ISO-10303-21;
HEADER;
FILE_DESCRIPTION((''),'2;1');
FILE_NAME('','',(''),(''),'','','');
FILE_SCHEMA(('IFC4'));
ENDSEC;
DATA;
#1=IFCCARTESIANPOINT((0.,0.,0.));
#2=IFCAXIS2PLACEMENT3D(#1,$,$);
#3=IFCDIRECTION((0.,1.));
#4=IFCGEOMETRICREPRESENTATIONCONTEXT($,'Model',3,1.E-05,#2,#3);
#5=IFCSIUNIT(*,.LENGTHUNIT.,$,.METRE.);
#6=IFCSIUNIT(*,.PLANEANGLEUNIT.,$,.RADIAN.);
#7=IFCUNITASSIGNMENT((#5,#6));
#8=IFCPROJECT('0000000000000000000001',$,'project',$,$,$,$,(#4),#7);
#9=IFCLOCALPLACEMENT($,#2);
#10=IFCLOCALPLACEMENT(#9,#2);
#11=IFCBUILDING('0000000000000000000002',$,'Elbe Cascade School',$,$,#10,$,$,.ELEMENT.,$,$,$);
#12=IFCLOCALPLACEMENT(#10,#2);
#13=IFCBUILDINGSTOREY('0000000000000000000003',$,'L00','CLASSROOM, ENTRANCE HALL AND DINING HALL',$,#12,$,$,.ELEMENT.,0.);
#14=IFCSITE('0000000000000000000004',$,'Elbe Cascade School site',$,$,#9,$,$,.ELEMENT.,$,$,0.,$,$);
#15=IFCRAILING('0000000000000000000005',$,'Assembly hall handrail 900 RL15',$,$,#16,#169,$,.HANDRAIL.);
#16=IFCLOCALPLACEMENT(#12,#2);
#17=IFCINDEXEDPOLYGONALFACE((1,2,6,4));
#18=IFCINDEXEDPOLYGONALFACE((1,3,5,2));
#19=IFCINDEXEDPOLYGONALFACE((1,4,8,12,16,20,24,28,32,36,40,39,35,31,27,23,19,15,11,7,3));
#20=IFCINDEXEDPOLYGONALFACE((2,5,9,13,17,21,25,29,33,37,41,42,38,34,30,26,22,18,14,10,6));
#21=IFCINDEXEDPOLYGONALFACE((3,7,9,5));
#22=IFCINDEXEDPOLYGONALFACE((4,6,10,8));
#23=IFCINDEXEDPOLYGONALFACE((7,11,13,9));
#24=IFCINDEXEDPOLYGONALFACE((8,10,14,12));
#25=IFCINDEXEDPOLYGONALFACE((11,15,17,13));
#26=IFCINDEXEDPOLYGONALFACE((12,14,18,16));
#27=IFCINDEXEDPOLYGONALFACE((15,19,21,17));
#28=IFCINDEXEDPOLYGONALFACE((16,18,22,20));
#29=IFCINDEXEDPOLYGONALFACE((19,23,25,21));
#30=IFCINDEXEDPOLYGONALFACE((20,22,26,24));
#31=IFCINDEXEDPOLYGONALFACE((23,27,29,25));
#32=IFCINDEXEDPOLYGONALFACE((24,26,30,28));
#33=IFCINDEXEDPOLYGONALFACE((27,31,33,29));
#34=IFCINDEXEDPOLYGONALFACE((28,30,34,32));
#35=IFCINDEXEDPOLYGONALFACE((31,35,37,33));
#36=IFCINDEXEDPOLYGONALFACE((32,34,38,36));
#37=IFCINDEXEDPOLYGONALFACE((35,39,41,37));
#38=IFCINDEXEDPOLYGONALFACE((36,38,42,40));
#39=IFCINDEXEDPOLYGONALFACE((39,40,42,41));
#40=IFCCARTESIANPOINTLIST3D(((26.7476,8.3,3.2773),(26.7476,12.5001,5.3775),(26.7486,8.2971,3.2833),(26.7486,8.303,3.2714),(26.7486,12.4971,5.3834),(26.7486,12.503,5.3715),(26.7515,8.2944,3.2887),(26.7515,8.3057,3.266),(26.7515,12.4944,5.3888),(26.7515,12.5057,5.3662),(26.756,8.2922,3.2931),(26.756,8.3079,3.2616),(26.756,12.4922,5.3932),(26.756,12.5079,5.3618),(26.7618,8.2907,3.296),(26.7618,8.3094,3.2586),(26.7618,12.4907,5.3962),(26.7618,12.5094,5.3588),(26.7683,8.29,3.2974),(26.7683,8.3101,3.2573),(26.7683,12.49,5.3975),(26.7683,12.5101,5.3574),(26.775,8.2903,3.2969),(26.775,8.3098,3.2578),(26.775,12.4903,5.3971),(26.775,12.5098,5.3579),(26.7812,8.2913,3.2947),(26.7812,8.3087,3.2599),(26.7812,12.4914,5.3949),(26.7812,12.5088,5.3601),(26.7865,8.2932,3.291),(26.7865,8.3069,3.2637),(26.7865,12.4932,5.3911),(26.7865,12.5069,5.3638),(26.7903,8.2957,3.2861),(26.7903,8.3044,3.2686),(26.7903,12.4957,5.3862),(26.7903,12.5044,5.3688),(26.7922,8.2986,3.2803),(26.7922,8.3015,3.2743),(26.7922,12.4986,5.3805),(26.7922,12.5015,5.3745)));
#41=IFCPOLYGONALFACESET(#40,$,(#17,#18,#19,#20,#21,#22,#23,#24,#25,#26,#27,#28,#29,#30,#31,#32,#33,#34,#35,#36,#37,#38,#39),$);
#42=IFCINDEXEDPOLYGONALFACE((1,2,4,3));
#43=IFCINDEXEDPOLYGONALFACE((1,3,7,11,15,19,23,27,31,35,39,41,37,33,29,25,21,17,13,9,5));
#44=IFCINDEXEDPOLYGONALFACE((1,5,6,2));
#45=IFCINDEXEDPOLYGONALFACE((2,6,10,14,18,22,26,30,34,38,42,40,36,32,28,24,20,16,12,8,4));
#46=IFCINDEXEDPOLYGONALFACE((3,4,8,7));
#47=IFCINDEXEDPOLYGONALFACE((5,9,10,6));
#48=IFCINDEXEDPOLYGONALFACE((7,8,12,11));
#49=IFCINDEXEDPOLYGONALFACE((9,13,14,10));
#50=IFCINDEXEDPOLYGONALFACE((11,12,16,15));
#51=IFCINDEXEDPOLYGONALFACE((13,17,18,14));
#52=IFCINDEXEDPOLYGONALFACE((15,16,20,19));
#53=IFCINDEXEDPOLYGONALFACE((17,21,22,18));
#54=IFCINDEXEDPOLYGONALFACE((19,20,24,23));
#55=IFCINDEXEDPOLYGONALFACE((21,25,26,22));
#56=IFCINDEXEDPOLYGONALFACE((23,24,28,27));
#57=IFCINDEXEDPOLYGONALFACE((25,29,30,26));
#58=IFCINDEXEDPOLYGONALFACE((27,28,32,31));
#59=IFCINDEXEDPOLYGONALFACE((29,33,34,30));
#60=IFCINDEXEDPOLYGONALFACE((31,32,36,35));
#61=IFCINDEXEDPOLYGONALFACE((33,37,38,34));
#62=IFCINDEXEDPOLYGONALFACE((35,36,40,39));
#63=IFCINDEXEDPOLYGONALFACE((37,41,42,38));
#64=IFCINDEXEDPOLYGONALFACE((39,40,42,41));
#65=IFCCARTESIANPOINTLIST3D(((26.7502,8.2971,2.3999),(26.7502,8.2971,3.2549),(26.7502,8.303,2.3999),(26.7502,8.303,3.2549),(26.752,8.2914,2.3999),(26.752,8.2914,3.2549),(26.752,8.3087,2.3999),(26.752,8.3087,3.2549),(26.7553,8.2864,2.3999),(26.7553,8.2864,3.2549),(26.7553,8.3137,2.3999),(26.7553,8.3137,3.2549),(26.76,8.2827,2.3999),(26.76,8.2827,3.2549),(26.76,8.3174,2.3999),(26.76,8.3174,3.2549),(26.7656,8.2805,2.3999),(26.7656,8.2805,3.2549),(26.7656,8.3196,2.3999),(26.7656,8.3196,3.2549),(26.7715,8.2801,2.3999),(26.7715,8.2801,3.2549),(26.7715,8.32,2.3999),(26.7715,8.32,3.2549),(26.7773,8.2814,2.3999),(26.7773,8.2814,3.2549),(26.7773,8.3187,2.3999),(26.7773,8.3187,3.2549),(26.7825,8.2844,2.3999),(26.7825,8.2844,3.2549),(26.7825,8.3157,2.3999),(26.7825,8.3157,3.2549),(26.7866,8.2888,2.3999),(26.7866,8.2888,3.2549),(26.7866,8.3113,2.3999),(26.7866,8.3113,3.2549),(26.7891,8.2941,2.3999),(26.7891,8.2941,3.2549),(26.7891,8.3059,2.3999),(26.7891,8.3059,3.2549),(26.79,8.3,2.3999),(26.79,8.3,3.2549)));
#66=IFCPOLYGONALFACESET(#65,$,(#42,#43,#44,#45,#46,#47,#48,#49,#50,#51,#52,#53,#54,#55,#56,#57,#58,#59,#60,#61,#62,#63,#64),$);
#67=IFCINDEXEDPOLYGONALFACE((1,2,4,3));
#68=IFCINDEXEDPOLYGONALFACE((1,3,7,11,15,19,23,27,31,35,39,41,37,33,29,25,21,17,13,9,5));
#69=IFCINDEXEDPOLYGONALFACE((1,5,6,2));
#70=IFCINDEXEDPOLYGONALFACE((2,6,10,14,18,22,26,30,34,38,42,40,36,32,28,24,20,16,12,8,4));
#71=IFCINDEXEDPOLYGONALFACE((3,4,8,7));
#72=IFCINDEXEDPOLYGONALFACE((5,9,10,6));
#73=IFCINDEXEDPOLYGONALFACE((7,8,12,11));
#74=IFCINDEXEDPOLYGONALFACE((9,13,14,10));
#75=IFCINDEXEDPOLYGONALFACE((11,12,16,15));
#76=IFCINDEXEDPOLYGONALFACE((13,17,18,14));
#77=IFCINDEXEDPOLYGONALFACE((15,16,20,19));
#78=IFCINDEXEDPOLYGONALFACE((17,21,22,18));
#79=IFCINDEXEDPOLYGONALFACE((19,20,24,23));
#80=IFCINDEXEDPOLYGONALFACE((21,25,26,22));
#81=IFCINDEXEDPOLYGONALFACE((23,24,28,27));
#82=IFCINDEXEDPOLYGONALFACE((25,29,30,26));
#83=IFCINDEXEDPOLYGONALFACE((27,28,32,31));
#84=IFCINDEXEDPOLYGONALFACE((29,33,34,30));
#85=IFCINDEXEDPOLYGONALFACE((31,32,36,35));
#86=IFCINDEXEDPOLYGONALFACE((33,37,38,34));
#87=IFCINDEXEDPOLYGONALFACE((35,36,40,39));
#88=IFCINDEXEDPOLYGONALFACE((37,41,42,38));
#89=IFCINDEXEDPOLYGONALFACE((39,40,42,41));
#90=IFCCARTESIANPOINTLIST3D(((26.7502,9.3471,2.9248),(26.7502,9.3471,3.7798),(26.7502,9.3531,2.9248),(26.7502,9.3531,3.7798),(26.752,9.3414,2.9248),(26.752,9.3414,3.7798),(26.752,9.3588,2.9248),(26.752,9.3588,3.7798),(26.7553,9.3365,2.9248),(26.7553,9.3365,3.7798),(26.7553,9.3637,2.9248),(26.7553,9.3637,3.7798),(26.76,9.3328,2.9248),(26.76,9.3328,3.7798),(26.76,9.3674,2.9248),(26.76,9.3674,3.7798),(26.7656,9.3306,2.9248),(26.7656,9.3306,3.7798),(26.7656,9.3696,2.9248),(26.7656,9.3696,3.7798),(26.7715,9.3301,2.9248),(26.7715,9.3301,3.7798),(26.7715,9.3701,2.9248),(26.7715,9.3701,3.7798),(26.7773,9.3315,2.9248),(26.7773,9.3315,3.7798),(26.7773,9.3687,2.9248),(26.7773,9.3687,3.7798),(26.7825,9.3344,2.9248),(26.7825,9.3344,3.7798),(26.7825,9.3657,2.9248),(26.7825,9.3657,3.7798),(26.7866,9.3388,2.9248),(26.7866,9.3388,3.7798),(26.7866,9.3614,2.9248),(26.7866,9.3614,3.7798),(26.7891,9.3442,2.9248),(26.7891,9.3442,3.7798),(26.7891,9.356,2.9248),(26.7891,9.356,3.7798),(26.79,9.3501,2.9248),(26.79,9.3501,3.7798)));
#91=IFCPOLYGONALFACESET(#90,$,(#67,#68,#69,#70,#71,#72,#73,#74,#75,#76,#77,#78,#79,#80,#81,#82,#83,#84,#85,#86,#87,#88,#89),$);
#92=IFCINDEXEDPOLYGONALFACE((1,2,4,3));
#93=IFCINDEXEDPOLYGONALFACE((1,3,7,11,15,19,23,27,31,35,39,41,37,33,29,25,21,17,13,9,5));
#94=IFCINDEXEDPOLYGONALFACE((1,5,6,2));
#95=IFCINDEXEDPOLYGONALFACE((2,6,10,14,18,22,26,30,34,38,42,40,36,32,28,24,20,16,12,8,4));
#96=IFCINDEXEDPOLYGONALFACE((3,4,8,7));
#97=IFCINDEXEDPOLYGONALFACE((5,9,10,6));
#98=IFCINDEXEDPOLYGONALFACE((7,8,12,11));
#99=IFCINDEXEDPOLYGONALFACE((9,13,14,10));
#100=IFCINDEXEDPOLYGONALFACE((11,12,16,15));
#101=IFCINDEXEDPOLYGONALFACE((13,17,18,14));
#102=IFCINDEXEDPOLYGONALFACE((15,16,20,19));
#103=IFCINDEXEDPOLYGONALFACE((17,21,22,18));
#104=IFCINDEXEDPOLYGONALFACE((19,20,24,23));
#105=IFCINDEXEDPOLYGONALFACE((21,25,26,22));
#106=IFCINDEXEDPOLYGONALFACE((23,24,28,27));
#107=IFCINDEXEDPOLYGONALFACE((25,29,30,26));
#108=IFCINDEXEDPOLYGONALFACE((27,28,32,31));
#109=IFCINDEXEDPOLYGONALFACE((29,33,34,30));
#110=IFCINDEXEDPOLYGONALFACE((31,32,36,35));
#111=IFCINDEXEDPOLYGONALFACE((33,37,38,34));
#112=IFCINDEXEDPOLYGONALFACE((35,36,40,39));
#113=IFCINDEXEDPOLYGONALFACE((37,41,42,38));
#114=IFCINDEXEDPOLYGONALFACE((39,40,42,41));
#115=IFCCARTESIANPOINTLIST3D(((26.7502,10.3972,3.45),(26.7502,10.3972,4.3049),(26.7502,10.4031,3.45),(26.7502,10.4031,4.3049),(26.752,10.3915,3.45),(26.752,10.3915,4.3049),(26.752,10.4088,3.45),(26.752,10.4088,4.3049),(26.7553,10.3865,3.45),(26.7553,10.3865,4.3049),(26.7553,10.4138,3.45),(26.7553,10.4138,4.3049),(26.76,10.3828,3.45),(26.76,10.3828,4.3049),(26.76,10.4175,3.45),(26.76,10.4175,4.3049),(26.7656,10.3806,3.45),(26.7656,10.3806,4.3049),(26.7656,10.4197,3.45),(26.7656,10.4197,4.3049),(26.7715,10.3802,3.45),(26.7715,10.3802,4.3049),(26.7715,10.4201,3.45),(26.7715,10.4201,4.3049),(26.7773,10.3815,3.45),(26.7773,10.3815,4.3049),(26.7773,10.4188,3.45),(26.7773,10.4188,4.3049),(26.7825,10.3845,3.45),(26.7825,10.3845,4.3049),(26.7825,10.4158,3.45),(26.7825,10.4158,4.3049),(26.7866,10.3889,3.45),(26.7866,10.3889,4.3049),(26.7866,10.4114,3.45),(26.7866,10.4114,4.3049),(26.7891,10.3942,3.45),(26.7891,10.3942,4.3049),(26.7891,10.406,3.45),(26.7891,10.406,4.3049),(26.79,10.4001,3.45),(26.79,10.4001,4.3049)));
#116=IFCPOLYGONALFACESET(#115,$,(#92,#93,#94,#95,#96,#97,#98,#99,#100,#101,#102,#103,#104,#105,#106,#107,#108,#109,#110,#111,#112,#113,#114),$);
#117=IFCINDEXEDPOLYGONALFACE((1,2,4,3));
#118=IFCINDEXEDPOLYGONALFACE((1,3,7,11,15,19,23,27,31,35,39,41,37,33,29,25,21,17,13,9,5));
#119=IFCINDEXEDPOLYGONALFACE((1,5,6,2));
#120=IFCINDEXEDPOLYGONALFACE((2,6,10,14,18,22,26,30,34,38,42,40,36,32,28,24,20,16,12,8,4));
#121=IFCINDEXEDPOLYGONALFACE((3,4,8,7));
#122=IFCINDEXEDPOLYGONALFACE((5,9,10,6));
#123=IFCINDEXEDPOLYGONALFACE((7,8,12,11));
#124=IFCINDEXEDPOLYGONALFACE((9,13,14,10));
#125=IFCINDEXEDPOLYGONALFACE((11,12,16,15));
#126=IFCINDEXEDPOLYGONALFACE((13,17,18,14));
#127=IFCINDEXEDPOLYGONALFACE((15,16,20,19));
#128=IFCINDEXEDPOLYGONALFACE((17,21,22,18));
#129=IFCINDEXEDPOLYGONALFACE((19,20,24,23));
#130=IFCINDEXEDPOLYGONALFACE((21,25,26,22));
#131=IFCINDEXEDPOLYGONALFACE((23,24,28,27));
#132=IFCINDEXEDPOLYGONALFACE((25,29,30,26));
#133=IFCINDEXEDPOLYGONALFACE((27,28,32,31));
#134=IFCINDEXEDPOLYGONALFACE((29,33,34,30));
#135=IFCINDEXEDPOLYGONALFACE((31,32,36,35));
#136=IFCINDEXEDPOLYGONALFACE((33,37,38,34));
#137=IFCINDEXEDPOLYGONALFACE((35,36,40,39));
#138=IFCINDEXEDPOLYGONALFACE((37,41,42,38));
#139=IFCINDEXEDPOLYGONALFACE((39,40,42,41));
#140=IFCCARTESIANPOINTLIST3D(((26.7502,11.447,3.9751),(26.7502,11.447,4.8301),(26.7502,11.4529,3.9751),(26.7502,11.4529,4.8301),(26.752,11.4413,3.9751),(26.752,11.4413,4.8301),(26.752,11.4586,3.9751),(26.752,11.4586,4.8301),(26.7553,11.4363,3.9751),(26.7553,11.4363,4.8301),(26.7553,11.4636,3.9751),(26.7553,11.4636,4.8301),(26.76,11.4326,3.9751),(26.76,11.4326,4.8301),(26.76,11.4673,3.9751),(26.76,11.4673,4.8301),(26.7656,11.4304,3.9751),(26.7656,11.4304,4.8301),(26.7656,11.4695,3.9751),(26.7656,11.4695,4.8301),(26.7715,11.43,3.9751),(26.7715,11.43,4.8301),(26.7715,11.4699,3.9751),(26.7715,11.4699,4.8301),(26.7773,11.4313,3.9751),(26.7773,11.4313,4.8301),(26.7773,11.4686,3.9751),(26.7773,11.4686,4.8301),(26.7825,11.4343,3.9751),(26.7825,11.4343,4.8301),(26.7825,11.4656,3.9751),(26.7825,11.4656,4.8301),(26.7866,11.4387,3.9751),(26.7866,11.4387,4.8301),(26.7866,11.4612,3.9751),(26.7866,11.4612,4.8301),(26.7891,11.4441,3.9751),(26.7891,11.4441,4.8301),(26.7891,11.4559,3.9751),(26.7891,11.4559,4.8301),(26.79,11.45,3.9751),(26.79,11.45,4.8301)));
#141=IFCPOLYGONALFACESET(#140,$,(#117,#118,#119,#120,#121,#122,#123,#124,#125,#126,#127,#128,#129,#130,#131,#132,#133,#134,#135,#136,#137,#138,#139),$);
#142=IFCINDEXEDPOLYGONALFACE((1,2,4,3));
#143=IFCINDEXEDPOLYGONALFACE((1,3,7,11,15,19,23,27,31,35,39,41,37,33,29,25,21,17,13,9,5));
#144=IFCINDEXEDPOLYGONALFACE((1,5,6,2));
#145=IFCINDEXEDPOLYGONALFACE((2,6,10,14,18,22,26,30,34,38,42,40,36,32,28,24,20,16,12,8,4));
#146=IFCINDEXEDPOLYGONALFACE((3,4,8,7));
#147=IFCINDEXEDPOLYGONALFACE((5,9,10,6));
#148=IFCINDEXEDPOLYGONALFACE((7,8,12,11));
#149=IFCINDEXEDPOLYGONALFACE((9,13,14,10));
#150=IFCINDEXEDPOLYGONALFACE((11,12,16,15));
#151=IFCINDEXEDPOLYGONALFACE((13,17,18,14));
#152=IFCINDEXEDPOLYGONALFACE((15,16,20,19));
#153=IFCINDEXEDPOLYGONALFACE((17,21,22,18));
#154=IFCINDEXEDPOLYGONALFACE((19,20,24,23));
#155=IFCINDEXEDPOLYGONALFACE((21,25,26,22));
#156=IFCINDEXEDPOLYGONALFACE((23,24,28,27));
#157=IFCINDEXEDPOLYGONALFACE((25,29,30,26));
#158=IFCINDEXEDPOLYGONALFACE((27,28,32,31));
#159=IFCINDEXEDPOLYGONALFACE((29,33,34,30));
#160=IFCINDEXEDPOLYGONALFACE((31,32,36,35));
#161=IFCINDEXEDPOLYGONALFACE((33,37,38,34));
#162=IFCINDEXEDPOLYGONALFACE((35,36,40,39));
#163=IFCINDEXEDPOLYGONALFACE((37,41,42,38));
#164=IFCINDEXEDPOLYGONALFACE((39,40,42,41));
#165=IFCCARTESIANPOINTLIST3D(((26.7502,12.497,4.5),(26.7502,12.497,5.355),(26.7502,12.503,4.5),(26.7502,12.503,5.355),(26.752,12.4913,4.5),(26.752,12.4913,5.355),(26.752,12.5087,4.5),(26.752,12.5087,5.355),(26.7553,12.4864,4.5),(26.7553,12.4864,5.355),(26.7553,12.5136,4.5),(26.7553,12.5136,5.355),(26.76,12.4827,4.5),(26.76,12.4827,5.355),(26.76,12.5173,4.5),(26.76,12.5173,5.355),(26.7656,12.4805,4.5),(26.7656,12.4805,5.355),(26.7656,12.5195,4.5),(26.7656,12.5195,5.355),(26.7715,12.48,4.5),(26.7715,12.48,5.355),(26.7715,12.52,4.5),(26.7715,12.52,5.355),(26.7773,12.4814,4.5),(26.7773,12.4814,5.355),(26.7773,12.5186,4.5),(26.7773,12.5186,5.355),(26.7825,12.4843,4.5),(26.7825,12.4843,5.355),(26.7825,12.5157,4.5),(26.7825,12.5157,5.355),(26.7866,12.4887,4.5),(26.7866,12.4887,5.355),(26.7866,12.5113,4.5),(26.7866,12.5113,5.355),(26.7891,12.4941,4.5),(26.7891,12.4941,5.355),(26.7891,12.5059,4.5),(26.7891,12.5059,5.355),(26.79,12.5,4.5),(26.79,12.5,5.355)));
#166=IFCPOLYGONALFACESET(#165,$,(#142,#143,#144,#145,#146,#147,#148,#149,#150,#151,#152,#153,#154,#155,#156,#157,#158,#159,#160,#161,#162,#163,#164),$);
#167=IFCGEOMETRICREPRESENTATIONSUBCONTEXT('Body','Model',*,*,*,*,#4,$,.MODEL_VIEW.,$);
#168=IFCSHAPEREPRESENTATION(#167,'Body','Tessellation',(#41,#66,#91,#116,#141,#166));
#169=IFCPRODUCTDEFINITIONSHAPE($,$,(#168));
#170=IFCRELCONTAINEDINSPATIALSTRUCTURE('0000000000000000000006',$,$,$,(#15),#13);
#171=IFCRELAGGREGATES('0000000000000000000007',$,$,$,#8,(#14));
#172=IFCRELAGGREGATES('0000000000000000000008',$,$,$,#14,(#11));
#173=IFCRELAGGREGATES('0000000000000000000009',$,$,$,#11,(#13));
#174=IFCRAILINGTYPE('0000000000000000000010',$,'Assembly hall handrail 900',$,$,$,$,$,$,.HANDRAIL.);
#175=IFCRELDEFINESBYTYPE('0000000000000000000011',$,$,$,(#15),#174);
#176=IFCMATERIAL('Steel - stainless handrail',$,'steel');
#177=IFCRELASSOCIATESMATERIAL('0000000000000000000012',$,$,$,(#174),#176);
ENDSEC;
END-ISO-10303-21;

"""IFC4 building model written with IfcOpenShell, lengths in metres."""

from ifc_helpers import new_model, si_unit, direction, frame, origin, origin_2d, place, context, subcontext, project, spatial, circle, extrude, material, type_object, element, save


model = new_model("IFC4")

# Units and contexts
model_context = context("Model", 3, precision=1e-05, world=origin(), true_north=direction((0.0, 1.0)))
body_context = subcontext(model_context, "Body", "Model", "MODEL_VIEW")
ifc_project = project(units=[si_unit("LENGTHUNIT", "METRE"), si_unit("PLANEANGLEUNIT", "RADIAN")], contexts=[model_context])

# Site, building, storey
site_placement = place(None, origin())
site = spatial("IfcSite", under=ifc_project, at=site_placement, Name="Elbe Cascade School site", CompositionType="ELEMENT", RefElevation=0.0)
building_placement = place(site_placement, origin())
building = spatial("IfcBuilding", under=site, at=building_placement, Name="Elbe Cascade School", CompositionType="ELEMENT")
storey_placement = place(building_placement, origin())
storey = spatial("IfcBuildingStorey", under=building, at=storey_placement, Name="L00", Description="CLASSROOM, ENTRANCE HALL AND DINING HALL", CompositionType="ELEMENT", Elevation=0.0)

# Railing
ifc_material_1 = material(Name="Steel - stainless handrail", Category="steel")
railing_type = type_object("IfcRailingType", Name="Assembly hall handrail 900", PredefinedType="HANDRAIL", material=ifc_material_1)
railing_placement = place(storey_placement, frame((26.77, 8.3, 2.3999)))
element("IfcRailing", 1, at=railing_placement, inside=storey, type_object=railing_type, Name="Assembly hall handrail 900 RL15", PredefinedType="HANDRAIL", context=body_context, shape_type="SweptSolid", body=[
    extrude(circle(Radius=0.0225, at=origin_2d()), frame((0.0, 0.0, 0.8774), z_axis=(0.0, 0.894417, 0.447234), x_axis=(-1.0, 0.0, 0.0)), (0.0, 0.0, 1.0), 4.6958),
    extrude(circle(Radius=0.02, at=origin_2d()), origin(), (0.0, 0.0, 1.0), 0.855),
    extrude(circle(Radius=0.02, at=origin_2d()), frame((0.0, 1.05, 0.5249)), (0.0, 0.0, 1.0), 0.855),
    extrude(circle(Radius=0.02, at=origin_2d()), frame((0.0, 2.1001, 1.05)), (0.0, 0.0, 1.0), 0.855),
    extrude(circle(Radius=0.02, at=origin_2d()), frame((0.0, 3.1499, 1.5752)), (0.0, 0.0, 1.0), 0.855),
    extrude(circle(Radius=0.02, at=origin_2d()), frame((0.0, 4.2, 2.1001)), (0.0, 0.0, 1.0), 0.855),
])

save(model, "model.ifc")
